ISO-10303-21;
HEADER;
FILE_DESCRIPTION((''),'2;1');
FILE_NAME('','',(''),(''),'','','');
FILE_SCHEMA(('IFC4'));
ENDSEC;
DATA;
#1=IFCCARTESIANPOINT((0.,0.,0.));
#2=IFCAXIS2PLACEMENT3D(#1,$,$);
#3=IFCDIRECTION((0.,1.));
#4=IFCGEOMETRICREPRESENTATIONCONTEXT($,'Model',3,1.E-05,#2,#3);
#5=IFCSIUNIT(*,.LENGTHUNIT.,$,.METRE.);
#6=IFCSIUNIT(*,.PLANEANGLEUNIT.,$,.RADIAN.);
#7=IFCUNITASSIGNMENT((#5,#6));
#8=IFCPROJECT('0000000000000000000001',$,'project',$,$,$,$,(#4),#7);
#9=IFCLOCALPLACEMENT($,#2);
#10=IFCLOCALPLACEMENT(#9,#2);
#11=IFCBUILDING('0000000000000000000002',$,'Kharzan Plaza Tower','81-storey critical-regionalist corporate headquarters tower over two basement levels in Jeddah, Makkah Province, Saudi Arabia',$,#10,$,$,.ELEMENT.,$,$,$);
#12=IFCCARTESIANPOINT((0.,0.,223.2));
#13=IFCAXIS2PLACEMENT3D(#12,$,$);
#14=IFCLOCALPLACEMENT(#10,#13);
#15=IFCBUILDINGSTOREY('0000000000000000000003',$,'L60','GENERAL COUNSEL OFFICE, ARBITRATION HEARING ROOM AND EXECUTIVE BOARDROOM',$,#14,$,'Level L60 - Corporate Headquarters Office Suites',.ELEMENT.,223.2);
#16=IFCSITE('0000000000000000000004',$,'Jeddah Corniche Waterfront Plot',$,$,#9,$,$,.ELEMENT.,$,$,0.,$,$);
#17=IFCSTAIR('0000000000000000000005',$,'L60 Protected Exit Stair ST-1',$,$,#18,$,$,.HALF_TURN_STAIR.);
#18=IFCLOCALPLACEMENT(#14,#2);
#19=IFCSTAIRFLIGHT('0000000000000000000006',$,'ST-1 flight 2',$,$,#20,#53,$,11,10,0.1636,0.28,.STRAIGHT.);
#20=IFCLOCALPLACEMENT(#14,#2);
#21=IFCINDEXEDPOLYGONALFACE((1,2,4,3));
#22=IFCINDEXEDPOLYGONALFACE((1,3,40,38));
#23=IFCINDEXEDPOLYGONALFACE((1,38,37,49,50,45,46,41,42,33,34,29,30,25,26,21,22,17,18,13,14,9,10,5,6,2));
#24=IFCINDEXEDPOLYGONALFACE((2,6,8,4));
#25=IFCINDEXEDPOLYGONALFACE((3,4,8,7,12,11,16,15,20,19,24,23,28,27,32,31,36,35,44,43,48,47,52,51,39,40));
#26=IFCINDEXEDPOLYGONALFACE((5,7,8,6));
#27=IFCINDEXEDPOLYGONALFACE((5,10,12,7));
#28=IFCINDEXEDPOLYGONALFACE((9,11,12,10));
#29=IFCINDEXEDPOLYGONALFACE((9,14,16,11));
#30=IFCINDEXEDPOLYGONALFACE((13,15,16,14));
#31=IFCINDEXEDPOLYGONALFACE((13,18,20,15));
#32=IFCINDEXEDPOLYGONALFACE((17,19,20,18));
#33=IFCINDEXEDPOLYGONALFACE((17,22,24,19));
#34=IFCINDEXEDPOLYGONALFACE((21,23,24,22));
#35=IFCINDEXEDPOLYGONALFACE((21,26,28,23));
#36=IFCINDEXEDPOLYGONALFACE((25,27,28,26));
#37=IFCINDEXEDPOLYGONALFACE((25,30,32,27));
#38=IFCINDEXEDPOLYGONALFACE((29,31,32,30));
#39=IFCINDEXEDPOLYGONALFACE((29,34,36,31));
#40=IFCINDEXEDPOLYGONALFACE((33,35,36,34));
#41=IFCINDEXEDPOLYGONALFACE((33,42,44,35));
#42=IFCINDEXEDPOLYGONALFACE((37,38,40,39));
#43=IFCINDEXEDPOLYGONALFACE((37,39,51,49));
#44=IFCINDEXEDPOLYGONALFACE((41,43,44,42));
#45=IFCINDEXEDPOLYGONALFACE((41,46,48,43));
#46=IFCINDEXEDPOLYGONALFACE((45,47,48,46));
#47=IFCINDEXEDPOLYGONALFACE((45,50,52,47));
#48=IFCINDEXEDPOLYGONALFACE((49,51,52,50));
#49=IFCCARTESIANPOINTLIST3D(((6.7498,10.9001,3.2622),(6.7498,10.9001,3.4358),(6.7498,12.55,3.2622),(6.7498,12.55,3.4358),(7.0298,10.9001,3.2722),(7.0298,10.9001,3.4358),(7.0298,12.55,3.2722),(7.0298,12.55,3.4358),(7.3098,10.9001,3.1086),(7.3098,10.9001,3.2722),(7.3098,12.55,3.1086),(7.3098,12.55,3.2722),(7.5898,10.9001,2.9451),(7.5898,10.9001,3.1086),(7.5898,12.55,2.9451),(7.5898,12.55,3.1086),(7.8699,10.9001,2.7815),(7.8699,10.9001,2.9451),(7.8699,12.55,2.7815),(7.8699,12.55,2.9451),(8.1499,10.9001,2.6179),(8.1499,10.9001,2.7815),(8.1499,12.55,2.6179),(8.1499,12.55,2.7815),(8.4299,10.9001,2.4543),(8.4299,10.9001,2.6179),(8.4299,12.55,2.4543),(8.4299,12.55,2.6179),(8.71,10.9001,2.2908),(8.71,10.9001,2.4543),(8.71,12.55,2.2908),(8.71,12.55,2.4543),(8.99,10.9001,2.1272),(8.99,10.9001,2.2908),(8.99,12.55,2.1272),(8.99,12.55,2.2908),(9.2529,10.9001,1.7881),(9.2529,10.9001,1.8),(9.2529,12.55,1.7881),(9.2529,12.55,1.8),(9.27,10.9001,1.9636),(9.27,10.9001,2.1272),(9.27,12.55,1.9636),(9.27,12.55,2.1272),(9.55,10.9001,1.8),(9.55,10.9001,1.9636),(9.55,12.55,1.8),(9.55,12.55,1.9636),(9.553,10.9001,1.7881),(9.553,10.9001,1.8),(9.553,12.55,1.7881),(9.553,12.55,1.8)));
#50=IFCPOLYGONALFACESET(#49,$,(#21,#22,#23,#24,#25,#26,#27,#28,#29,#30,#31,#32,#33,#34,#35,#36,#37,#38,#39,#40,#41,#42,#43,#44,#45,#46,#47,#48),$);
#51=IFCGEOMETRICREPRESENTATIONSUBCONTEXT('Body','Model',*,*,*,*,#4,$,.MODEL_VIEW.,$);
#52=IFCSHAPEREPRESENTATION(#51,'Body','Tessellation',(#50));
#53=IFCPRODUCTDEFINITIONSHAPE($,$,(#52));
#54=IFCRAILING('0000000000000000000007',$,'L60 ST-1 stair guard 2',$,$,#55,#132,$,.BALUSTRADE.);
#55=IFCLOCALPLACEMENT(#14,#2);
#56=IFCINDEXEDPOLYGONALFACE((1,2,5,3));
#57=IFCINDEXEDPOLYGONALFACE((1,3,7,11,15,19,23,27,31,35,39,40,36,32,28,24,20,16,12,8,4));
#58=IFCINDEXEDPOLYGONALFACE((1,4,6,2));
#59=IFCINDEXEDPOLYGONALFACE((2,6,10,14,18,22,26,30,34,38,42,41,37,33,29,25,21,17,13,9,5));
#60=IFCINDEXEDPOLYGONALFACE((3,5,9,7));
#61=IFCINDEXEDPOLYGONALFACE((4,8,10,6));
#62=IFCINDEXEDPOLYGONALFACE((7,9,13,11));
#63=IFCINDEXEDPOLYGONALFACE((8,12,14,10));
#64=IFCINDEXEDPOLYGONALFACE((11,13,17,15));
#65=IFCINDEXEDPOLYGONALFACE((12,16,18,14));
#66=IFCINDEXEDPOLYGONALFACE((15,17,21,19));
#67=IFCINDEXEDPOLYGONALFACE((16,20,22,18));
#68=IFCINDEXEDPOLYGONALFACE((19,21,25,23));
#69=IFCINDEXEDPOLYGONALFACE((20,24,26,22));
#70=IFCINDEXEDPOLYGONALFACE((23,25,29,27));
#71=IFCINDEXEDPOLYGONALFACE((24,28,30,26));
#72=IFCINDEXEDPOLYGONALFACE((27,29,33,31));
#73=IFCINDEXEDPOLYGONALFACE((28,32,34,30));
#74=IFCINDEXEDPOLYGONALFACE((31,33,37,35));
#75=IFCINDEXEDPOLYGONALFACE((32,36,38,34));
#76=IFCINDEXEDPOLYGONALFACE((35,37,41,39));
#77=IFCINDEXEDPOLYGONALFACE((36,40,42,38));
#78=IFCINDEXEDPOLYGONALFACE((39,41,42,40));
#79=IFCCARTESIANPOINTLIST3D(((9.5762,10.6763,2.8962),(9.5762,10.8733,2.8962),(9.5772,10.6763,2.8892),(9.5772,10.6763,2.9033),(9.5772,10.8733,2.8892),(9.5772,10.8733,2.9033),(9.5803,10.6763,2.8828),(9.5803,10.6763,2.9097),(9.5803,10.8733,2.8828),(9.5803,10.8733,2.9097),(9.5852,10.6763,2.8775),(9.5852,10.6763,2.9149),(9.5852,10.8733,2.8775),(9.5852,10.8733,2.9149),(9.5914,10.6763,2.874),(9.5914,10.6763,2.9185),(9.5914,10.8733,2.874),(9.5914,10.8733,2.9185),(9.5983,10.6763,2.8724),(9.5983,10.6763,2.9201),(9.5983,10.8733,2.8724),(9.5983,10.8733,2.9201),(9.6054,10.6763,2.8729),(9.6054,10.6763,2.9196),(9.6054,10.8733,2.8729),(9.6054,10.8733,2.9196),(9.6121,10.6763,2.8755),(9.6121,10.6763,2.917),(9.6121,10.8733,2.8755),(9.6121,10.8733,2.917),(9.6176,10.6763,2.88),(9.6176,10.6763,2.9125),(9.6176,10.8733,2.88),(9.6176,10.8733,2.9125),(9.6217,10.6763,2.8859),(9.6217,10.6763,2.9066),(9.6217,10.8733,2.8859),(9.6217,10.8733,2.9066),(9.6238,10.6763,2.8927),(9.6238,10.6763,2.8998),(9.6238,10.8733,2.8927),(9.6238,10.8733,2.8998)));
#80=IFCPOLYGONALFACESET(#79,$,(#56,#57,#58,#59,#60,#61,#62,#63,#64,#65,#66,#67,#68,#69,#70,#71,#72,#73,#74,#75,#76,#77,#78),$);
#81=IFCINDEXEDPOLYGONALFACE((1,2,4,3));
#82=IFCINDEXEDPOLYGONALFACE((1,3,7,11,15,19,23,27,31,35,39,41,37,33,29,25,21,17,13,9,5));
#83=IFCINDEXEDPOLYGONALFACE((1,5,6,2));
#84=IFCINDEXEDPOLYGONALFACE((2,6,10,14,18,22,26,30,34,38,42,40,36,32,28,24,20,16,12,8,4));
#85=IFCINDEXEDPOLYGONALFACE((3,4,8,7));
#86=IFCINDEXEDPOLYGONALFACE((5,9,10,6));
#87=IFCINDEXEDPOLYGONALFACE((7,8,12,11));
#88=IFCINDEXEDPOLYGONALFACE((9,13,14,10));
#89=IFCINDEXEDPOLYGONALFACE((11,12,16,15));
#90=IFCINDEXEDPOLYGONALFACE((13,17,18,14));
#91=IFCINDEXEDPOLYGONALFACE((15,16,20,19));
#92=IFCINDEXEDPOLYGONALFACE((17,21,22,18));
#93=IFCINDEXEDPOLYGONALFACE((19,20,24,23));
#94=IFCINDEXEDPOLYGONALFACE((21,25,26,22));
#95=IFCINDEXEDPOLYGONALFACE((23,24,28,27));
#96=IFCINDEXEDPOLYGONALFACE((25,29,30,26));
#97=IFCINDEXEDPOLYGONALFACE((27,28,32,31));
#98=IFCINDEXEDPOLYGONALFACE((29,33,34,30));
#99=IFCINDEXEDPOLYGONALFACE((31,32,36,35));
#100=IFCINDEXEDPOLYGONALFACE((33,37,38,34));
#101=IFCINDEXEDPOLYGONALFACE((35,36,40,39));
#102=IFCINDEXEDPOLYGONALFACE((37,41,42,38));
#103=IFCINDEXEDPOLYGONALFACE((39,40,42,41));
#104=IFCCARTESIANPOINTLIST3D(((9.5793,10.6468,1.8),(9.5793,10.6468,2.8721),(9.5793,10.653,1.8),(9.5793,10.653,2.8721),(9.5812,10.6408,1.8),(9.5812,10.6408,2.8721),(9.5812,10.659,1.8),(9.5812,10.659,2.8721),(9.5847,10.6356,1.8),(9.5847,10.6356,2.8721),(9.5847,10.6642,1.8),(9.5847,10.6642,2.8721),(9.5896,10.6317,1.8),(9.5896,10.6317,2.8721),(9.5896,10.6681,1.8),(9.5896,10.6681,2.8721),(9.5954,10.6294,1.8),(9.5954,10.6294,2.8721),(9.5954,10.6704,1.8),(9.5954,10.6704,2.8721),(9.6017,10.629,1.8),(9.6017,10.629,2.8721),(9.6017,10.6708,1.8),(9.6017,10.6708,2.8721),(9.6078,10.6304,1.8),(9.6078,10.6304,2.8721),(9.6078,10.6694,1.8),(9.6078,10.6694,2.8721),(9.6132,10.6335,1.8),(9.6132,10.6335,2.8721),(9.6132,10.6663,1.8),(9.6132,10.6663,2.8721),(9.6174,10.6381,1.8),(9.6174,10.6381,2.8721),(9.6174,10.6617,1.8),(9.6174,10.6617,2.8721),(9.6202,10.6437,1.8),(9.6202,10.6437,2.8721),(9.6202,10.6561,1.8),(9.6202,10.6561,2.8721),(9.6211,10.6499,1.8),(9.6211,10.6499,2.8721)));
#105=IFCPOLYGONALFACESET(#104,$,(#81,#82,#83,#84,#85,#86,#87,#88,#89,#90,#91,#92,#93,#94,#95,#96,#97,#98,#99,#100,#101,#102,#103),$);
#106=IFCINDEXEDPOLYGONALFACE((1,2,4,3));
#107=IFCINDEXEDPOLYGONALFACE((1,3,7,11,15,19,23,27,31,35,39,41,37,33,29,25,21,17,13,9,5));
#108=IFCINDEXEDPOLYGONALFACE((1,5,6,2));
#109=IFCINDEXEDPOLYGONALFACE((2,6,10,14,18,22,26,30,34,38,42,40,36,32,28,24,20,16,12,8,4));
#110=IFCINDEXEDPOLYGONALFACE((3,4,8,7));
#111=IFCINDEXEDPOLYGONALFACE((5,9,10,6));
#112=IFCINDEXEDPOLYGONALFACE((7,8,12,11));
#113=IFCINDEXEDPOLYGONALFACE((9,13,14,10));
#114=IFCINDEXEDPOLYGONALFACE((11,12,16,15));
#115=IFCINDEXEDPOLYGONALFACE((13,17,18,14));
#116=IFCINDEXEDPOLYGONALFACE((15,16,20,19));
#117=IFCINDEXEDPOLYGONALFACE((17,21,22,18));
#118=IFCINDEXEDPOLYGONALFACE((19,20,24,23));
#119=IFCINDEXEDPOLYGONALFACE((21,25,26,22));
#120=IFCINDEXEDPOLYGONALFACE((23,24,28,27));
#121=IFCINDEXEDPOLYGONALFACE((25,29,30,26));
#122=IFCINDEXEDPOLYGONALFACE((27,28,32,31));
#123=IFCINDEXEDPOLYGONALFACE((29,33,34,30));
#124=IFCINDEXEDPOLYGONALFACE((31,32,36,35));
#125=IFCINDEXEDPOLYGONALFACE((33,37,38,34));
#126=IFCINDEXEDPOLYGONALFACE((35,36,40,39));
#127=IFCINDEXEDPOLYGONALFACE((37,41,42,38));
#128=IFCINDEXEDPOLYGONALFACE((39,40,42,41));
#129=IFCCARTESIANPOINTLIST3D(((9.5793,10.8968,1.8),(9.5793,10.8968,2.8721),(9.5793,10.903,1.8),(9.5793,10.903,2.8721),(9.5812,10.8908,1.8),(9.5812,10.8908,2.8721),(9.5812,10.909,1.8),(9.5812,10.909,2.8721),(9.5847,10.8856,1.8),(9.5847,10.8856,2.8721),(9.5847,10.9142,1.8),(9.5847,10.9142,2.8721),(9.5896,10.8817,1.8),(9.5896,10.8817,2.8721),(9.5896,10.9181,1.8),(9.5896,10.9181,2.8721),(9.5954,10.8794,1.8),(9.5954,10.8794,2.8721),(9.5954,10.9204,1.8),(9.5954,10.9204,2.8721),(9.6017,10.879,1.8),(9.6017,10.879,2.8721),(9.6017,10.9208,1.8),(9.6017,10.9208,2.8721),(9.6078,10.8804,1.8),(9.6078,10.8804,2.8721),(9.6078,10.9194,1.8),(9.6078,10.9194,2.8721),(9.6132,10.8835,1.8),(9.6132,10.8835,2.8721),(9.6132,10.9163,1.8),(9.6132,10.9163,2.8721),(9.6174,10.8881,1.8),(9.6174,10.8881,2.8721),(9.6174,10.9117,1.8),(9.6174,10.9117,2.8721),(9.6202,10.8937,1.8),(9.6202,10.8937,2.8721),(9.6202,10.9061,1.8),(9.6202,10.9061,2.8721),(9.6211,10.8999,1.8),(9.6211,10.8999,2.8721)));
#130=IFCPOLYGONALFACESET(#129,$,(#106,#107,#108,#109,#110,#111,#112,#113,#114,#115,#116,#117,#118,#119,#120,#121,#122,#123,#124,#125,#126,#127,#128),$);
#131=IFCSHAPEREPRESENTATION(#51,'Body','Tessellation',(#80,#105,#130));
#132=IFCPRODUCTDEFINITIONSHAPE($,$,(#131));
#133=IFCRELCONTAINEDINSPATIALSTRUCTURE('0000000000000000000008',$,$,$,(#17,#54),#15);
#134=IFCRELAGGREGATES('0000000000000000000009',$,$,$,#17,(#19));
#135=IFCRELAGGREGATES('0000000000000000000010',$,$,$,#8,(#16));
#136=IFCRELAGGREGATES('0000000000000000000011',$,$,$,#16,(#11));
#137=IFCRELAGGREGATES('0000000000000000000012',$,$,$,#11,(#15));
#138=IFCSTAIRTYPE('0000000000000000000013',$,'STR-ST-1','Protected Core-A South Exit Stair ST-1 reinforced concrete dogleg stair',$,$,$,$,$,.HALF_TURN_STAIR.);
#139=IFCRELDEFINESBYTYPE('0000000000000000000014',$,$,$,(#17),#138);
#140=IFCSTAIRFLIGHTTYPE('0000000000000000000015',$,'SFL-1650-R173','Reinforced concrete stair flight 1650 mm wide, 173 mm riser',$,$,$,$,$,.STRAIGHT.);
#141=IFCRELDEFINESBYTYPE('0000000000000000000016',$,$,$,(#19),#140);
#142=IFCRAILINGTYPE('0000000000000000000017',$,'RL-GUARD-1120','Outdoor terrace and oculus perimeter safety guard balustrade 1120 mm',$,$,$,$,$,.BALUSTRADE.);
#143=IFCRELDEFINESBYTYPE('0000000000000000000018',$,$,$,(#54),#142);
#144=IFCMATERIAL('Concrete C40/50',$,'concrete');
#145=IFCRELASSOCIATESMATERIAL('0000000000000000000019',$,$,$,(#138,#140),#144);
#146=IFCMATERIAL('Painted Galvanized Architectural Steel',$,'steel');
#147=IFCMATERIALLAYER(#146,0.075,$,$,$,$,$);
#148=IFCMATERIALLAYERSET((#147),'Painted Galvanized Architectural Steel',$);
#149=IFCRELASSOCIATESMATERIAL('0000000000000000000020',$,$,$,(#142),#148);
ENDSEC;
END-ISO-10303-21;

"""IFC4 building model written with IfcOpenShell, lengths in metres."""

from ifc_helpers import new_model, si_unit, direction, frame, origin, origin_2d, place, context, subcontext, project, spatial, polyline, circle, outline, extrude, source, transform, mapped, material, layer, layer_set, type_object, element, aggregate, save


model = new_model("IFC4")

# Units and contexts
model_context = context("Model", 3, precision=1e-05, world=origin(), true_north=direction((0.0, 1.0)))
body_context = subcontext(model_context, "Body", "Model", "MODEL_VIEW")
ifc_project = project(units=[si_unit("LENGTHUNIT", "METRE"), si_unit("PLANEANGLEUNIT", "RADIAN")], contexts=[model_context])

# Site, building, storey
site_placement = place(None, origin())
site = spatial("IfcSite", under=ifc_project, at=site_placement, Name="Jeddah Corniche Waterfront Plot", CompositionType="ELEMENT", RefElevation=0.0)
building_placement = place(site_placement, origin())
building = spatial("IfcBuilding", under=site, at=building_placement, Name="Kharzan Plaza Tower", Description="81-storey critical-regionalist corporate headquarters tower over two basement levels in Jeddah, Makkah Province, Saudi Arabia", CompositionType="ELEMENT")
storey_placement = place(building_placement, frame((0.0, 0.0, 223.2)))
storey = spatial("IfcBuildingStorey", under=building, at=storey_placement, Name="L60", Description="GENERAL COUNSEL OFFICE, ARBITRATION HEARING ROOM AND EXECUTIVE BOARDROOM", LongName="Level L60 - Corporate Headquarters Office Suites", CompositionType="ELEMENT", Elevation=223.2)

# Shared definitions
ifc_material_1 = material(Name="Concrete C40/50", Category="concrete")

# Stair, stair flight
stair_type = type_object("IfcStairType", Name="STR-ST-1", Description="Protected Core-A South Exit Stair ST-1 reinforced concrete dogleg stair", PredefinedType="HALF_TURN_STAIR", material=ifc_material_1)
stair_placement = place(storey_placement, origin())
stair = element("IfcStair", 1, at=stair_placement, inside=storey, type_object=stair_type, Name="L60 Protected Exit Stair ST-1", PredefinedType="HALF_TURN_STAIR")
stair_flight_type = type_object("IfcStairFlightType", Name="SFL-1650-R173", Description="Reinforced concrete stair flight 1650 mm wide, 173 mm riser", PredefinedType="STRAIGHT", material=ifc_material_1)
shared_shape_1 = source(origin(), body_context, "Body", "SweptSolid", [
    extrude(outline(polyline([(-0.0029, -0.012), (-0.0029, 0.0), (0.0, 0.0), (0.0, 0.1636), (0.28, 0.1636), (0.28, 0.3271), (0.5601, 0.3271), (0.5601, 0.4907), (0.8401, 0.4907), (0.8401, 0.6543), (1.1201, 0.6543), (1.1201, 0.8179), (1.4001, 0.8179), (1.4001, 0.9814), (1.6802, 0.9814), (1.6802, 1.145), (1.9602, 1.145), (1.9602, 1.3086), (2.2402, 1.3086), (2.2402, 1.4722), (2.5203, 1.4722), (2.5203, 1.6357), (2.8003, 1.6357), (2.8003, 1.7993), (2.8003, 1.4622), (0.2971, 0.0), (0.2971, -0.012), (-0.0029, -0.012)])), frame((0.0, 0.825, 0.0), z_axis=(0.0, -1.0, 0.0), x_axis=(1.0, 0.0, 0.0)), (0.0, 0.0, 1.0), 1.6499),
])
stair_flight_placement = place(storey_placement, frame((9.55, 11.7251, 1.8), z_axis=(0.0, 0.0, 1.0), x_axis=(-1.0, 0.0, 0.0)))
stair_flight = element("IfcStairFlight", 2, at=stair_flight_placement, type_object=stair_flight_type, Name="ST-1 flight 2", NumberOfRisers=11, NumberOfTreads=10, PredefinedType="STRAIGHT", RiserHeight=0.1636, TreadLength=0.28, context=body_context, shape_type="MappedRepresentation", body=[
    mapped(shared_shape_1, transform((0.0, 0.0, 0.0), x_axis=(1.0, 0.0, 0.0), y_axis=(0.0, 1.0, 0.0), z_axis=(0.0, 0.0, 1.0))),
])
aggregate(stair, [stair_flight])

# Railing
ifc_material_2 = material(Name="Painted Galvanized Architectural Steel", Category="steel")
ifc_layer_1 = layer(ifc_material_2, 0.075)
ifc_layer_set_1 = layer_set([ifc_layer_1], Name="Painted Galvanized Architectural Steel")
railing_type_1 = type_object("IfcRailingType", Name="RL-GUARD-1120", Description="Outdoor terrace and oculus perimeter safety guard balustrade 1120 mm", PredefinedType="BALUSTRADE", material=ifc_layer_set_1)
shared_shape_2 = source(origin(), body_context, "Body", "SweptSolid", [
    extrude(circle(Radius=0.0239, at=origin_2d()), frame((0.0, 0.0264, 1.0962), z_axis=(0.0, 1.0, 0.0), x_axis=(-1.0, 0.0, 0.0)), (0.0, 0.0, 1.0), 0.197),
    extrude(circle(Radius=0.021, at=origin_2d()), origin(), (0.0, 0.0, 1.0), 1.072),
    extrude(circle(Radius=0.021, at=origin_2d()), frame((0.0, 0.25, 0.0)), (0.0, 0.0, 1.0), 1.072),
])
railing_1_placement = place(storey_placement, frame((9.6001, 10.6499, 1.8)))
element("IfcRailing", 3, at=railing_1_placement, inside=storey, type_object=railing_type_1, Name="L60 ST-1 stair guard 2", PredefinedType="BALUSTRADE", context=body_context, shape_type="MappedRepresentation", body=[
    mapped(shared_shape_2, transform((0.0, 0.0, 0.0), x_axis=(1.0, 0.0, 0.0), y_axis=(0.0, 1.0, 0.0), z_axis=(0.0, 0.0, 1.0))),
])

save(model, "model.ifc")
